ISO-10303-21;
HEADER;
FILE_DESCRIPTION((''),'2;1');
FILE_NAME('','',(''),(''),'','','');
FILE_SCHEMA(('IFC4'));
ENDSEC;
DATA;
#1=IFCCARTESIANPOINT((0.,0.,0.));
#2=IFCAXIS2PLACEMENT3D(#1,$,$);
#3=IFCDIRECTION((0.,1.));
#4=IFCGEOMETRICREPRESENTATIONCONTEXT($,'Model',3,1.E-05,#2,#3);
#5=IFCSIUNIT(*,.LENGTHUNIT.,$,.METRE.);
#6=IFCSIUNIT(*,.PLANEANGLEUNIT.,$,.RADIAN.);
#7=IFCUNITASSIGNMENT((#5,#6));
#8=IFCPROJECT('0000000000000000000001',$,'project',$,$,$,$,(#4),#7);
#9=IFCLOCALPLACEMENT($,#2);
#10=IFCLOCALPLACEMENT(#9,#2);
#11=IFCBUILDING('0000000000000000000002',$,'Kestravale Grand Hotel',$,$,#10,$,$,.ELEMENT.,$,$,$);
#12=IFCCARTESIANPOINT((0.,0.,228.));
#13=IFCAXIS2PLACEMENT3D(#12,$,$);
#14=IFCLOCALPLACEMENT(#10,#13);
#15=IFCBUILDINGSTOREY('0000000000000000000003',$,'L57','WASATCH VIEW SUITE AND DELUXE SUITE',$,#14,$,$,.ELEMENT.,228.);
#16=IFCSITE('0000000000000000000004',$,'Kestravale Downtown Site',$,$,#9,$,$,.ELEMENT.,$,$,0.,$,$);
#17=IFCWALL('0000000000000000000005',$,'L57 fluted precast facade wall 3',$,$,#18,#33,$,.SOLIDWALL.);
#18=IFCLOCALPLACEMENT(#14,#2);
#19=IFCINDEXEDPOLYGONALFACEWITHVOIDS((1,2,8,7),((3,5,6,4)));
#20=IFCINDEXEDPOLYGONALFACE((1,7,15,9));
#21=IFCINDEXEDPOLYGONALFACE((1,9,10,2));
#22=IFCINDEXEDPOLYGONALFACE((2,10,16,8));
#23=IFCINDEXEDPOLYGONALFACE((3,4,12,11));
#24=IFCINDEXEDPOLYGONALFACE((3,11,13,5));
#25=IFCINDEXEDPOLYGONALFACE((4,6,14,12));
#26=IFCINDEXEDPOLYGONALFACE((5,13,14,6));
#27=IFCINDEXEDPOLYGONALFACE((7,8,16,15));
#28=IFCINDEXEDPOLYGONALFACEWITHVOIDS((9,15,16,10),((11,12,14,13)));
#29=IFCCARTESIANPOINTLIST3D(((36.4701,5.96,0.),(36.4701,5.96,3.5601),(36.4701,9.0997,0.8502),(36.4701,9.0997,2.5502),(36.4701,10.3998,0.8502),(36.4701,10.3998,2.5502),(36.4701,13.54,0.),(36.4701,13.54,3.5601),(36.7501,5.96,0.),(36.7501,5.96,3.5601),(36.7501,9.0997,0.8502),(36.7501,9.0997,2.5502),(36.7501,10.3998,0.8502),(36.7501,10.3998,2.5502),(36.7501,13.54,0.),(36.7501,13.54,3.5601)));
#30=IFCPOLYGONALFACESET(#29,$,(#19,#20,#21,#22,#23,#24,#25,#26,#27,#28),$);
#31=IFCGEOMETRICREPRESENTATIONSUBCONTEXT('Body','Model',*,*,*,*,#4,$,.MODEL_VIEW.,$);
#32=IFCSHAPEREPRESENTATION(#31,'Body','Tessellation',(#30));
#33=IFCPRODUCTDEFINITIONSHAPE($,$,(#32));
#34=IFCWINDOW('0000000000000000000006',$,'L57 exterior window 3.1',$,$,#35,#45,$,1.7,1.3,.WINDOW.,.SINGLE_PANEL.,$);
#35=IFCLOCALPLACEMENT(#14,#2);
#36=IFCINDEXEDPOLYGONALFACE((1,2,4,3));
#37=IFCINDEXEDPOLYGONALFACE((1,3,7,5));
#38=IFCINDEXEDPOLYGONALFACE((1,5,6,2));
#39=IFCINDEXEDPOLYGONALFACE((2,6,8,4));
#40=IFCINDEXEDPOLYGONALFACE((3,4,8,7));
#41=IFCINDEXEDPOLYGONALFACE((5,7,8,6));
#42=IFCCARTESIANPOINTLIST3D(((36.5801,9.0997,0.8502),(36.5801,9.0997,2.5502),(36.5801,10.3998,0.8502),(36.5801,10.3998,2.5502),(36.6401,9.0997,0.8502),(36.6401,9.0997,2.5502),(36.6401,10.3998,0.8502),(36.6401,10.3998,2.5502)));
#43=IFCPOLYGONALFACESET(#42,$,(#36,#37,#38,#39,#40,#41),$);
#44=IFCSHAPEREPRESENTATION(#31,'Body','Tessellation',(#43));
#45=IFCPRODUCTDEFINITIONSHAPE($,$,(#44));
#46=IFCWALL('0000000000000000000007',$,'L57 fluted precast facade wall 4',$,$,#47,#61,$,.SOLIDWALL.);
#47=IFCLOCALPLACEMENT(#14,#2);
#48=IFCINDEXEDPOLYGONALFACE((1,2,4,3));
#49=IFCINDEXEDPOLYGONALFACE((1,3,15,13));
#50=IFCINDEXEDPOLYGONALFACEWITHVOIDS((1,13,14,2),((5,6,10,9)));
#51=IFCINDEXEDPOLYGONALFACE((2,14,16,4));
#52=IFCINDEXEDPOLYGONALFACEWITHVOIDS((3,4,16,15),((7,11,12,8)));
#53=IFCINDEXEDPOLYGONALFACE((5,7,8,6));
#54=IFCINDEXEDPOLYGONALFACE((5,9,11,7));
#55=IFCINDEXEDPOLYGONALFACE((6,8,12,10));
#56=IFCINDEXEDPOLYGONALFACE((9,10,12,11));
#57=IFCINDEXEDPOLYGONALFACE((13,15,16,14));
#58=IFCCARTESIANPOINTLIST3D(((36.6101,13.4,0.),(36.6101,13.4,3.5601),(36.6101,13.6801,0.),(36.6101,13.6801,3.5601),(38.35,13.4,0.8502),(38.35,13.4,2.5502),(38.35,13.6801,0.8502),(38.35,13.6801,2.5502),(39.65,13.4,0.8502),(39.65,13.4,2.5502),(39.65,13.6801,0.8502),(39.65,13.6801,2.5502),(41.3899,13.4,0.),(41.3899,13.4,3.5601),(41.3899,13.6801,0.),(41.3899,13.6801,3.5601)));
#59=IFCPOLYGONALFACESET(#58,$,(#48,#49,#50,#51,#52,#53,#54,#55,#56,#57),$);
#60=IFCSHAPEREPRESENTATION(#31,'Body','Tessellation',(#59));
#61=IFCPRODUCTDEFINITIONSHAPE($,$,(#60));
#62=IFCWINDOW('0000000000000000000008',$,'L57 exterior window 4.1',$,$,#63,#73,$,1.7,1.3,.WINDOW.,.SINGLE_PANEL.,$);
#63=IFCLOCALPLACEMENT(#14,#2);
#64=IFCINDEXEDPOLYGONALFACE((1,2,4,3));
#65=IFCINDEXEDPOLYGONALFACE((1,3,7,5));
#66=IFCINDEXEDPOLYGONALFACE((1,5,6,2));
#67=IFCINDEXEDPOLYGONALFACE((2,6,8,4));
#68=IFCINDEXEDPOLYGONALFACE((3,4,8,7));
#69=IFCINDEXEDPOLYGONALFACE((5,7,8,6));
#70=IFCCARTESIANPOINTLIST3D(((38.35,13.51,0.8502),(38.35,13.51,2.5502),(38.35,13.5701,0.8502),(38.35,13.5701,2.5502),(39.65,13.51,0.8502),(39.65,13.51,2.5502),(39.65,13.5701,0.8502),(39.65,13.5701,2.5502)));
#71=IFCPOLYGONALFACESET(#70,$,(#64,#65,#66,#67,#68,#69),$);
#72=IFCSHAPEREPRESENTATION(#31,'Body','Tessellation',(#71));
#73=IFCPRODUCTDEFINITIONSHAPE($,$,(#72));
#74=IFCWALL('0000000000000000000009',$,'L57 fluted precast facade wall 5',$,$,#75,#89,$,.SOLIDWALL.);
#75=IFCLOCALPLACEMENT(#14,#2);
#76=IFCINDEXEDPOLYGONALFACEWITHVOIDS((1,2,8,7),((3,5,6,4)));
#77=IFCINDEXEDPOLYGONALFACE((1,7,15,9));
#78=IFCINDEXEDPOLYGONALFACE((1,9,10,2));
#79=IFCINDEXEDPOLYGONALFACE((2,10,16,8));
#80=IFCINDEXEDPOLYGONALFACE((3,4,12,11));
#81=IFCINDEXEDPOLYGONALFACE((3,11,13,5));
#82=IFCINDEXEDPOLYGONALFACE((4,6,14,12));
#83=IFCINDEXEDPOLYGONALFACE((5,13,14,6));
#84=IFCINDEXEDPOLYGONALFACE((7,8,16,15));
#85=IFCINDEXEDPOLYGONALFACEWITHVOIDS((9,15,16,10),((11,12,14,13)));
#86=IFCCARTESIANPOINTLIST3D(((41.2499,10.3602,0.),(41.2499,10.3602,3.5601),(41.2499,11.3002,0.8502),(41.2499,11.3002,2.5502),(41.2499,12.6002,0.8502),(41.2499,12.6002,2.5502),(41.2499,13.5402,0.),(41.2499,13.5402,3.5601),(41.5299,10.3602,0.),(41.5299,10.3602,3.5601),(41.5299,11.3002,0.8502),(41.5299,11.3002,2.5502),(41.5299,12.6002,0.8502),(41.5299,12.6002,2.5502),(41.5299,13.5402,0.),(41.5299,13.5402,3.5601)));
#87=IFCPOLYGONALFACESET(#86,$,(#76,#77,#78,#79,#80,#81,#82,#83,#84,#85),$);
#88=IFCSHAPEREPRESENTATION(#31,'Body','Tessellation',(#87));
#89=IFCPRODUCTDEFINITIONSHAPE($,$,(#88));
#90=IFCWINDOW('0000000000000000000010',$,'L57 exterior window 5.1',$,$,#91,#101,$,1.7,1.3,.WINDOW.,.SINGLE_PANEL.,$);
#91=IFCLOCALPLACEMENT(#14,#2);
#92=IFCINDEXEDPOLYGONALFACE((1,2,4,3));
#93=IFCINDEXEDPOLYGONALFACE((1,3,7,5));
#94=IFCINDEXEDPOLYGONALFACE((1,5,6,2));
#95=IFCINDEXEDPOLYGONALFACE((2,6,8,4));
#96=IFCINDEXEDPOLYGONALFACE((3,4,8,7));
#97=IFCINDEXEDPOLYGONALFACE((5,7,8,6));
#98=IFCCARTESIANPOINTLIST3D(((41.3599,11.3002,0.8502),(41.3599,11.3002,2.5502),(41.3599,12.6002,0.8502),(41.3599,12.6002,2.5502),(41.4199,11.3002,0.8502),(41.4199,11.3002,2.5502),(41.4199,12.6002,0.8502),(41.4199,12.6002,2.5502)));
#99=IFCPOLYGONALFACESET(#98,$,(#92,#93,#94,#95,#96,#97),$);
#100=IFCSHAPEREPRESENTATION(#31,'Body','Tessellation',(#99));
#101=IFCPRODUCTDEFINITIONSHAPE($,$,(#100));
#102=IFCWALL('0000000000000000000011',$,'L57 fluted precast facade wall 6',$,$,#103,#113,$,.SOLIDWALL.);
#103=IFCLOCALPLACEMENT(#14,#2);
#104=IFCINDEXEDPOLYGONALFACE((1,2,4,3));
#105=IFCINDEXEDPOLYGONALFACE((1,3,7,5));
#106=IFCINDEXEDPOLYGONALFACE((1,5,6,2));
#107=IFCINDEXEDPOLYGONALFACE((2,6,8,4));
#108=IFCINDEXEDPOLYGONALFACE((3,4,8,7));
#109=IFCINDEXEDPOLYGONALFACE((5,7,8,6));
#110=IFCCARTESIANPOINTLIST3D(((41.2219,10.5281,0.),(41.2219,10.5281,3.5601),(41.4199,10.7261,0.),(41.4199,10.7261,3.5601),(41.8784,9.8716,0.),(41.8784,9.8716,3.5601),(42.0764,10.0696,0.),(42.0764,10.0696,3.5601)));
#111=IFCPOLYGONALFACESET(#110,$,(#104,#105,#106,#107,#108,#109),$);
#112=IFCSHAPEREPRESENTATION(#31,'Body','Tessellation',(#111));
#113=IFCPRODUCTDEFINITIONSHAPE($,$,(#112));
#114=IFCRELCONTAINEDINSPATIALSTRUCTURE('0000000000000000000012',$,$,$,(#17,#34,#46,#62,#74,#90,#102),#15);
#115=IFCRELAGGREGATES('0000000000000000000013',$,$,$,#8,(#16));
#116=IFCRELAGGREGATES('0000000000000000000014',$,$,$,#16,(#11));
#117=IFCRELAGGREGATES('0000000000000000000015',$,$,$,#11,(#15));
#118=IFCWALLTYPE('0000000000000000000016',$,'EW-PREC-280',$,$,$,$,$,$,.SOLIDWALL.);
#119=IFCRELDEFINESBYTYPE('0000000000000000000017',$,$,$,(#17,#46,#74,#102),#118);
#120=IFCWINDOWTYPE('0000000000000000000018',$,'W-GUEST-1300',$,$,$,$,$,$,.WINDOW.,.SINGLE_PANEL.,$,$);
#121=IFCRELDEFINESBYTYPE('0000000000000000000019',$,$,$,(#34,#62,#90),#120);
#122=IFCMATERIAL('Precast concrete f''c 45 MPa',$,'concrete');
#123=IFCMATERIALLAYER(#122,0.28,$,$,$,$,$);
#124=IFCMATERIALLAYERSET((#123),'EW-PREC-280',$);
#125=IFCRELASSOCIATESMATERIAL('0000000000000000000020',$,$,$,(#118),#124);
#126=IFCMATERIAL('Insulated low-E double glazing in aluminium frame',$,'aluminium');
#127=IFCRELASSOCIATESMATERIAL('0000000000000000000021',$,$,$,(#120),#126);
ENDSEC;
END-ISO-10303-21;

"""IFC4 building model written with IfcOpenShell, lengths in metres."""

from ifc_helpers import new_model, si_unit, direction, frame, frame_2d, origin, place, context, subcontext, project, spatial, rectangle, extrude, material, layer, layer_set, type_object, element, fill, save


model = new_model("IFC4")

# Units and contexts
model_context = context("Model", 3, precision=1e-05, world=origin(), true_north=direction((0.0, 1.0)))
body_context = subcontext(model_context, "Body", "Model", "MODEL_VIEW")
ifc_project = project(units=[si_unit("LENGTHUNIT", "METRE"), si_unit("PLANEANGLEUNIT", "RADIAN")], contexts=[model_context])

# Site, building, storey
site_placement = place(None, origin())
site = spatial("IfcSite", under=ifc_project, at=site_placement, Name="Kestravale Downtown Site", CompositionType="ELEMENT", RefElevation=0.0)
building_placement = place(site_placement, origin())
building = spatial("IfcBuilding", under=site, at=building_placement, Name="Kestravale Grand Hotel", CompositionType="ELEMENT")
storey_placement = place(building_placement, frame((0.0, 0.0, 228.0)))
storey = spatial("IfcBuildingStorey", under=building, at=storey_placement, Name="L57", Description="WASATCH VIEW SUITE AND DELUXE SUITE", CompositionType="ELEMENT", Elevation=228.0)

# Walls, openings, windows
ifc_material_1 = material(Name="Precast concrete f'c 45 MPa", Category="concrete")
ifc_layer_1 = layer(ifc_material_1, 0.28)
ifc_layer_set_1 = layer_set([ifc_layer_1], Name="EW-PREC-280")
wall_type_1 = type_object("IfcWallType", Name="EW-PREC-280", PredefinedType="SOLIDWALL", material=ifc_layer_set_1)
wall_1_placement = place(storey_placement, frame((36.6101, 5.96, 0.0), z_axis=(0.0, 0.0, 1.0), x_axis=(0.0, 1.0, 0.0)))
wall_1 = element("IfcWall", 1, at=wall_1_placement, inside=storey, type_object=wall_type_1, Name="L57 fluted precast facade wall 3", PredefinedType="SOLIDWALL", context=body_context, shape_type="SweptSolid", body=[
    extrude(rectangle(XDim=7.5801, YDim=0.28, at=frame_2d((3.79, 0.0))), origin(), (0.0, 0.0, 1.0), 3.5601),
])
opening_1_placement = place(wall_1_placement, frame((3.1399, 0.0, 0.8501)))
opening_1 = element("IfcOpeningElement", 2, at=opening_1_placement, cuts=wall_1, PredefinedType="OPENING", context=body_context, shape_type="SweptSolid", body=[
    extrude(rectangle(XDim=1.3, YDim=1.7, at=frame_2d((0.6499, 0.8501))), frame((0.0, 0.1499, 0.0), z_axis=(0.0, -1.0, 0.0), x_axis=(1.0, 0.0, 0.0)), (0.0, 0.0, 1.0), 0.3),
])
ifc_material_2 = material(Name="Insulated low-E double glazing in aluminium frame", Category="aluminium")
window_type = type_object("IfcWindowType", Name="W-GUEST-1300", PartitioningType="SINGLE_PANEL", PredefinedType="WINDOW", material=ifc_material_2)
window_1_placement = place(opening_1_placement, origin())
window_1 = element("IfcWindow", 3, at=window_1_placement, inside=storey, type_object=window_type, Name="L57 exterior window 3.1", OverallHeight=1.7, OverallWidth=1.3, PartitioningType="SINGLE_PANEL", PredefinedType="WINDOW", context=body_context, shape_type="SweptSolid", body=[
    extrude(rectangle(XDim=1.3, YDim=1.7, at=frame_2d((0.6499, 0.8501))), frame((0.0, 0.03, 0.0), z_axis=(0.0, -1.0, 0.0), x_axis=(1.0, 0.0, 0.0)), (0.0, 0.0, 1.0), 0.0601),
])
fill(opening_1, window_1)
wall_2_placement = place(storey_placement, frame((36.6101, 13.54, 0.0), z_axis=(0.0, 0.0, 1.0), x_axis=(1.0, 0.0, 0.0)))
wall_2 = element("IfcWall", 4, at=wall_2_placement, inside=storey, type_object=wall_type_1, Name="L57 fluted precast facade wall 4", PredefinedType="SOLIDWALL", context=body_context, shape_type="SweptSolid", body=[
    extrude(rectangle(XDim=4.7798, YDim=0.28, at=frame_2d((2.3899, 0.0))), origin(), (0.0, 0.0, 1.0), 3.5601),
])
opening_2_placement = place(wall_2_placement, frame((1.74, 0.0, 0.8501)))
opening_2 = element("IfcOpeningElement", 5, at=opening_2_placement, cuts=wall_2, PredefinedType="OPENING", context=body_context, shape_type="SweptSolid", body=[
    extrude(rectangle(XDim=1.3, YDim=1.7, at=frame_2d((0.6499, 0.8501))), frame((0.0, 0.1499, 0.0), z_axis=(0.0, -1.0, 0.0), x_axis=(1.0, 0.0, 0.0)), (0.0, 0.0, 1.0), 0.3),
])
window_2_placement = place(opening_2_placement, origin())
window_2 = element("IfcWindow", 6, at=window_2_placement, inside=storey, type_object=window_type, Name="L57 exterior window 4.1", OverallHeight=1.7, OverallWidth=1.3, PartitioningType="SINGLE_PANEL", PredefinedType="WINDOW", context=body_context, shape_type="SweptSolid", body=[
    extrude(rectangle(XDim=1.3, YDim=1.7, at=frame_2d((0.6499, 0.8501))), frame((0.0, 0.03, 0.0), z_axis=(0.0, -1.0, 0.0), x_axis=(1.0, 0.0, 0.0)), (0.0, 0.0, 1.0), 0.0601),
])
fill(opening_2, window_2)
wall_3_placement = place(storey_placement, frame((41.3899, 13.54, 0.0), z_axis=(0.0, 0.0, 1.0), x_axis=(0.0, -1.0, 0.0)))
wall_3 = element("IfcWall", 7, at=wall_3_placement, inside=storey, type_object=wall_type_1, Name="L57 fluted precast facade wall 5", PredefinedType="SOLIDWALL", context=body_context, shape_type="SweptSolid", body=[
    extrude(rectangle(XDim=3.1799, YDim=0.28, at=frame_2d((1.5898, 0.0))), origin(), (0.0, 0.0, 1.0), 3.5601),
])
opening_3_placement = place(wall_3_placement, frame((0.9399, 0.0, 0.8501)))
opening_3 = element("IfcOpeningElement", 8, at=opening_3_placement, cuts=wall_3, PredefinedType="OPENING", context=body_context, shape_type="SweptSolid", body=[
    extrude(rectangle(XDim=1.3, YDim=1.7, at=frame_2d((0.6499, 0.8501))), frame((0.0, 0.1499, 0.0), z_axis=(0.0, -1.0, 0.0), x_axis=(1.0, 0.0, 0.0)), (0.0, 0.0, 1.0), 0.3),
])
window_3_placement = place(opening_3_placement, origin())
window_3 = element("IfcWindow", 9, at=window_3_placement, inside=storey, type_object=window_type, Name="L57 exterior window 5.1", OverallHeight=1.7, OverallWidth=1.3, PartitioningType="SINGLE_PANEL", PredefinedType="WINDOW", context=body_context, shape_type="SweptSolid", body=[
    extrude(rectangle(XDim=1.3, YDim=1.7, at=frame_2d((0.6499, 0.8501))), frame((0.0, 0.03, 0.0), z_axis=(0.0, -1.0, 0.0), x_axis=(1.0, 0.0, 0.0)), (0.0, 0.0, 1.0), 0.0601),
])
fill(opening_3, window_3)

# Wall
wall_4_placement = place(storey_placement, frame((41.3208, 10.6272, 0.0), z_axis=(0.0, 0.0, 1.0), x_axis=(0.707107, -0.707107, 0.0)))
element("IfcWall", 10, at=wall_4_placement, inside=storey, type_object=wall_type_1, Name="L57 fluted precast facade wall 6", PredefinedType="SOLIDWALL", context=body_context, shape_type="SweptSolid", body=[
    extrude(rectangle(XDim=0.9285, YDim=0.28, at=frame_2d((0.4644, 0.0))), origin(), (0.0, 0.0, 1.0), 3.5601),
])

save(model, "model.ifc")
